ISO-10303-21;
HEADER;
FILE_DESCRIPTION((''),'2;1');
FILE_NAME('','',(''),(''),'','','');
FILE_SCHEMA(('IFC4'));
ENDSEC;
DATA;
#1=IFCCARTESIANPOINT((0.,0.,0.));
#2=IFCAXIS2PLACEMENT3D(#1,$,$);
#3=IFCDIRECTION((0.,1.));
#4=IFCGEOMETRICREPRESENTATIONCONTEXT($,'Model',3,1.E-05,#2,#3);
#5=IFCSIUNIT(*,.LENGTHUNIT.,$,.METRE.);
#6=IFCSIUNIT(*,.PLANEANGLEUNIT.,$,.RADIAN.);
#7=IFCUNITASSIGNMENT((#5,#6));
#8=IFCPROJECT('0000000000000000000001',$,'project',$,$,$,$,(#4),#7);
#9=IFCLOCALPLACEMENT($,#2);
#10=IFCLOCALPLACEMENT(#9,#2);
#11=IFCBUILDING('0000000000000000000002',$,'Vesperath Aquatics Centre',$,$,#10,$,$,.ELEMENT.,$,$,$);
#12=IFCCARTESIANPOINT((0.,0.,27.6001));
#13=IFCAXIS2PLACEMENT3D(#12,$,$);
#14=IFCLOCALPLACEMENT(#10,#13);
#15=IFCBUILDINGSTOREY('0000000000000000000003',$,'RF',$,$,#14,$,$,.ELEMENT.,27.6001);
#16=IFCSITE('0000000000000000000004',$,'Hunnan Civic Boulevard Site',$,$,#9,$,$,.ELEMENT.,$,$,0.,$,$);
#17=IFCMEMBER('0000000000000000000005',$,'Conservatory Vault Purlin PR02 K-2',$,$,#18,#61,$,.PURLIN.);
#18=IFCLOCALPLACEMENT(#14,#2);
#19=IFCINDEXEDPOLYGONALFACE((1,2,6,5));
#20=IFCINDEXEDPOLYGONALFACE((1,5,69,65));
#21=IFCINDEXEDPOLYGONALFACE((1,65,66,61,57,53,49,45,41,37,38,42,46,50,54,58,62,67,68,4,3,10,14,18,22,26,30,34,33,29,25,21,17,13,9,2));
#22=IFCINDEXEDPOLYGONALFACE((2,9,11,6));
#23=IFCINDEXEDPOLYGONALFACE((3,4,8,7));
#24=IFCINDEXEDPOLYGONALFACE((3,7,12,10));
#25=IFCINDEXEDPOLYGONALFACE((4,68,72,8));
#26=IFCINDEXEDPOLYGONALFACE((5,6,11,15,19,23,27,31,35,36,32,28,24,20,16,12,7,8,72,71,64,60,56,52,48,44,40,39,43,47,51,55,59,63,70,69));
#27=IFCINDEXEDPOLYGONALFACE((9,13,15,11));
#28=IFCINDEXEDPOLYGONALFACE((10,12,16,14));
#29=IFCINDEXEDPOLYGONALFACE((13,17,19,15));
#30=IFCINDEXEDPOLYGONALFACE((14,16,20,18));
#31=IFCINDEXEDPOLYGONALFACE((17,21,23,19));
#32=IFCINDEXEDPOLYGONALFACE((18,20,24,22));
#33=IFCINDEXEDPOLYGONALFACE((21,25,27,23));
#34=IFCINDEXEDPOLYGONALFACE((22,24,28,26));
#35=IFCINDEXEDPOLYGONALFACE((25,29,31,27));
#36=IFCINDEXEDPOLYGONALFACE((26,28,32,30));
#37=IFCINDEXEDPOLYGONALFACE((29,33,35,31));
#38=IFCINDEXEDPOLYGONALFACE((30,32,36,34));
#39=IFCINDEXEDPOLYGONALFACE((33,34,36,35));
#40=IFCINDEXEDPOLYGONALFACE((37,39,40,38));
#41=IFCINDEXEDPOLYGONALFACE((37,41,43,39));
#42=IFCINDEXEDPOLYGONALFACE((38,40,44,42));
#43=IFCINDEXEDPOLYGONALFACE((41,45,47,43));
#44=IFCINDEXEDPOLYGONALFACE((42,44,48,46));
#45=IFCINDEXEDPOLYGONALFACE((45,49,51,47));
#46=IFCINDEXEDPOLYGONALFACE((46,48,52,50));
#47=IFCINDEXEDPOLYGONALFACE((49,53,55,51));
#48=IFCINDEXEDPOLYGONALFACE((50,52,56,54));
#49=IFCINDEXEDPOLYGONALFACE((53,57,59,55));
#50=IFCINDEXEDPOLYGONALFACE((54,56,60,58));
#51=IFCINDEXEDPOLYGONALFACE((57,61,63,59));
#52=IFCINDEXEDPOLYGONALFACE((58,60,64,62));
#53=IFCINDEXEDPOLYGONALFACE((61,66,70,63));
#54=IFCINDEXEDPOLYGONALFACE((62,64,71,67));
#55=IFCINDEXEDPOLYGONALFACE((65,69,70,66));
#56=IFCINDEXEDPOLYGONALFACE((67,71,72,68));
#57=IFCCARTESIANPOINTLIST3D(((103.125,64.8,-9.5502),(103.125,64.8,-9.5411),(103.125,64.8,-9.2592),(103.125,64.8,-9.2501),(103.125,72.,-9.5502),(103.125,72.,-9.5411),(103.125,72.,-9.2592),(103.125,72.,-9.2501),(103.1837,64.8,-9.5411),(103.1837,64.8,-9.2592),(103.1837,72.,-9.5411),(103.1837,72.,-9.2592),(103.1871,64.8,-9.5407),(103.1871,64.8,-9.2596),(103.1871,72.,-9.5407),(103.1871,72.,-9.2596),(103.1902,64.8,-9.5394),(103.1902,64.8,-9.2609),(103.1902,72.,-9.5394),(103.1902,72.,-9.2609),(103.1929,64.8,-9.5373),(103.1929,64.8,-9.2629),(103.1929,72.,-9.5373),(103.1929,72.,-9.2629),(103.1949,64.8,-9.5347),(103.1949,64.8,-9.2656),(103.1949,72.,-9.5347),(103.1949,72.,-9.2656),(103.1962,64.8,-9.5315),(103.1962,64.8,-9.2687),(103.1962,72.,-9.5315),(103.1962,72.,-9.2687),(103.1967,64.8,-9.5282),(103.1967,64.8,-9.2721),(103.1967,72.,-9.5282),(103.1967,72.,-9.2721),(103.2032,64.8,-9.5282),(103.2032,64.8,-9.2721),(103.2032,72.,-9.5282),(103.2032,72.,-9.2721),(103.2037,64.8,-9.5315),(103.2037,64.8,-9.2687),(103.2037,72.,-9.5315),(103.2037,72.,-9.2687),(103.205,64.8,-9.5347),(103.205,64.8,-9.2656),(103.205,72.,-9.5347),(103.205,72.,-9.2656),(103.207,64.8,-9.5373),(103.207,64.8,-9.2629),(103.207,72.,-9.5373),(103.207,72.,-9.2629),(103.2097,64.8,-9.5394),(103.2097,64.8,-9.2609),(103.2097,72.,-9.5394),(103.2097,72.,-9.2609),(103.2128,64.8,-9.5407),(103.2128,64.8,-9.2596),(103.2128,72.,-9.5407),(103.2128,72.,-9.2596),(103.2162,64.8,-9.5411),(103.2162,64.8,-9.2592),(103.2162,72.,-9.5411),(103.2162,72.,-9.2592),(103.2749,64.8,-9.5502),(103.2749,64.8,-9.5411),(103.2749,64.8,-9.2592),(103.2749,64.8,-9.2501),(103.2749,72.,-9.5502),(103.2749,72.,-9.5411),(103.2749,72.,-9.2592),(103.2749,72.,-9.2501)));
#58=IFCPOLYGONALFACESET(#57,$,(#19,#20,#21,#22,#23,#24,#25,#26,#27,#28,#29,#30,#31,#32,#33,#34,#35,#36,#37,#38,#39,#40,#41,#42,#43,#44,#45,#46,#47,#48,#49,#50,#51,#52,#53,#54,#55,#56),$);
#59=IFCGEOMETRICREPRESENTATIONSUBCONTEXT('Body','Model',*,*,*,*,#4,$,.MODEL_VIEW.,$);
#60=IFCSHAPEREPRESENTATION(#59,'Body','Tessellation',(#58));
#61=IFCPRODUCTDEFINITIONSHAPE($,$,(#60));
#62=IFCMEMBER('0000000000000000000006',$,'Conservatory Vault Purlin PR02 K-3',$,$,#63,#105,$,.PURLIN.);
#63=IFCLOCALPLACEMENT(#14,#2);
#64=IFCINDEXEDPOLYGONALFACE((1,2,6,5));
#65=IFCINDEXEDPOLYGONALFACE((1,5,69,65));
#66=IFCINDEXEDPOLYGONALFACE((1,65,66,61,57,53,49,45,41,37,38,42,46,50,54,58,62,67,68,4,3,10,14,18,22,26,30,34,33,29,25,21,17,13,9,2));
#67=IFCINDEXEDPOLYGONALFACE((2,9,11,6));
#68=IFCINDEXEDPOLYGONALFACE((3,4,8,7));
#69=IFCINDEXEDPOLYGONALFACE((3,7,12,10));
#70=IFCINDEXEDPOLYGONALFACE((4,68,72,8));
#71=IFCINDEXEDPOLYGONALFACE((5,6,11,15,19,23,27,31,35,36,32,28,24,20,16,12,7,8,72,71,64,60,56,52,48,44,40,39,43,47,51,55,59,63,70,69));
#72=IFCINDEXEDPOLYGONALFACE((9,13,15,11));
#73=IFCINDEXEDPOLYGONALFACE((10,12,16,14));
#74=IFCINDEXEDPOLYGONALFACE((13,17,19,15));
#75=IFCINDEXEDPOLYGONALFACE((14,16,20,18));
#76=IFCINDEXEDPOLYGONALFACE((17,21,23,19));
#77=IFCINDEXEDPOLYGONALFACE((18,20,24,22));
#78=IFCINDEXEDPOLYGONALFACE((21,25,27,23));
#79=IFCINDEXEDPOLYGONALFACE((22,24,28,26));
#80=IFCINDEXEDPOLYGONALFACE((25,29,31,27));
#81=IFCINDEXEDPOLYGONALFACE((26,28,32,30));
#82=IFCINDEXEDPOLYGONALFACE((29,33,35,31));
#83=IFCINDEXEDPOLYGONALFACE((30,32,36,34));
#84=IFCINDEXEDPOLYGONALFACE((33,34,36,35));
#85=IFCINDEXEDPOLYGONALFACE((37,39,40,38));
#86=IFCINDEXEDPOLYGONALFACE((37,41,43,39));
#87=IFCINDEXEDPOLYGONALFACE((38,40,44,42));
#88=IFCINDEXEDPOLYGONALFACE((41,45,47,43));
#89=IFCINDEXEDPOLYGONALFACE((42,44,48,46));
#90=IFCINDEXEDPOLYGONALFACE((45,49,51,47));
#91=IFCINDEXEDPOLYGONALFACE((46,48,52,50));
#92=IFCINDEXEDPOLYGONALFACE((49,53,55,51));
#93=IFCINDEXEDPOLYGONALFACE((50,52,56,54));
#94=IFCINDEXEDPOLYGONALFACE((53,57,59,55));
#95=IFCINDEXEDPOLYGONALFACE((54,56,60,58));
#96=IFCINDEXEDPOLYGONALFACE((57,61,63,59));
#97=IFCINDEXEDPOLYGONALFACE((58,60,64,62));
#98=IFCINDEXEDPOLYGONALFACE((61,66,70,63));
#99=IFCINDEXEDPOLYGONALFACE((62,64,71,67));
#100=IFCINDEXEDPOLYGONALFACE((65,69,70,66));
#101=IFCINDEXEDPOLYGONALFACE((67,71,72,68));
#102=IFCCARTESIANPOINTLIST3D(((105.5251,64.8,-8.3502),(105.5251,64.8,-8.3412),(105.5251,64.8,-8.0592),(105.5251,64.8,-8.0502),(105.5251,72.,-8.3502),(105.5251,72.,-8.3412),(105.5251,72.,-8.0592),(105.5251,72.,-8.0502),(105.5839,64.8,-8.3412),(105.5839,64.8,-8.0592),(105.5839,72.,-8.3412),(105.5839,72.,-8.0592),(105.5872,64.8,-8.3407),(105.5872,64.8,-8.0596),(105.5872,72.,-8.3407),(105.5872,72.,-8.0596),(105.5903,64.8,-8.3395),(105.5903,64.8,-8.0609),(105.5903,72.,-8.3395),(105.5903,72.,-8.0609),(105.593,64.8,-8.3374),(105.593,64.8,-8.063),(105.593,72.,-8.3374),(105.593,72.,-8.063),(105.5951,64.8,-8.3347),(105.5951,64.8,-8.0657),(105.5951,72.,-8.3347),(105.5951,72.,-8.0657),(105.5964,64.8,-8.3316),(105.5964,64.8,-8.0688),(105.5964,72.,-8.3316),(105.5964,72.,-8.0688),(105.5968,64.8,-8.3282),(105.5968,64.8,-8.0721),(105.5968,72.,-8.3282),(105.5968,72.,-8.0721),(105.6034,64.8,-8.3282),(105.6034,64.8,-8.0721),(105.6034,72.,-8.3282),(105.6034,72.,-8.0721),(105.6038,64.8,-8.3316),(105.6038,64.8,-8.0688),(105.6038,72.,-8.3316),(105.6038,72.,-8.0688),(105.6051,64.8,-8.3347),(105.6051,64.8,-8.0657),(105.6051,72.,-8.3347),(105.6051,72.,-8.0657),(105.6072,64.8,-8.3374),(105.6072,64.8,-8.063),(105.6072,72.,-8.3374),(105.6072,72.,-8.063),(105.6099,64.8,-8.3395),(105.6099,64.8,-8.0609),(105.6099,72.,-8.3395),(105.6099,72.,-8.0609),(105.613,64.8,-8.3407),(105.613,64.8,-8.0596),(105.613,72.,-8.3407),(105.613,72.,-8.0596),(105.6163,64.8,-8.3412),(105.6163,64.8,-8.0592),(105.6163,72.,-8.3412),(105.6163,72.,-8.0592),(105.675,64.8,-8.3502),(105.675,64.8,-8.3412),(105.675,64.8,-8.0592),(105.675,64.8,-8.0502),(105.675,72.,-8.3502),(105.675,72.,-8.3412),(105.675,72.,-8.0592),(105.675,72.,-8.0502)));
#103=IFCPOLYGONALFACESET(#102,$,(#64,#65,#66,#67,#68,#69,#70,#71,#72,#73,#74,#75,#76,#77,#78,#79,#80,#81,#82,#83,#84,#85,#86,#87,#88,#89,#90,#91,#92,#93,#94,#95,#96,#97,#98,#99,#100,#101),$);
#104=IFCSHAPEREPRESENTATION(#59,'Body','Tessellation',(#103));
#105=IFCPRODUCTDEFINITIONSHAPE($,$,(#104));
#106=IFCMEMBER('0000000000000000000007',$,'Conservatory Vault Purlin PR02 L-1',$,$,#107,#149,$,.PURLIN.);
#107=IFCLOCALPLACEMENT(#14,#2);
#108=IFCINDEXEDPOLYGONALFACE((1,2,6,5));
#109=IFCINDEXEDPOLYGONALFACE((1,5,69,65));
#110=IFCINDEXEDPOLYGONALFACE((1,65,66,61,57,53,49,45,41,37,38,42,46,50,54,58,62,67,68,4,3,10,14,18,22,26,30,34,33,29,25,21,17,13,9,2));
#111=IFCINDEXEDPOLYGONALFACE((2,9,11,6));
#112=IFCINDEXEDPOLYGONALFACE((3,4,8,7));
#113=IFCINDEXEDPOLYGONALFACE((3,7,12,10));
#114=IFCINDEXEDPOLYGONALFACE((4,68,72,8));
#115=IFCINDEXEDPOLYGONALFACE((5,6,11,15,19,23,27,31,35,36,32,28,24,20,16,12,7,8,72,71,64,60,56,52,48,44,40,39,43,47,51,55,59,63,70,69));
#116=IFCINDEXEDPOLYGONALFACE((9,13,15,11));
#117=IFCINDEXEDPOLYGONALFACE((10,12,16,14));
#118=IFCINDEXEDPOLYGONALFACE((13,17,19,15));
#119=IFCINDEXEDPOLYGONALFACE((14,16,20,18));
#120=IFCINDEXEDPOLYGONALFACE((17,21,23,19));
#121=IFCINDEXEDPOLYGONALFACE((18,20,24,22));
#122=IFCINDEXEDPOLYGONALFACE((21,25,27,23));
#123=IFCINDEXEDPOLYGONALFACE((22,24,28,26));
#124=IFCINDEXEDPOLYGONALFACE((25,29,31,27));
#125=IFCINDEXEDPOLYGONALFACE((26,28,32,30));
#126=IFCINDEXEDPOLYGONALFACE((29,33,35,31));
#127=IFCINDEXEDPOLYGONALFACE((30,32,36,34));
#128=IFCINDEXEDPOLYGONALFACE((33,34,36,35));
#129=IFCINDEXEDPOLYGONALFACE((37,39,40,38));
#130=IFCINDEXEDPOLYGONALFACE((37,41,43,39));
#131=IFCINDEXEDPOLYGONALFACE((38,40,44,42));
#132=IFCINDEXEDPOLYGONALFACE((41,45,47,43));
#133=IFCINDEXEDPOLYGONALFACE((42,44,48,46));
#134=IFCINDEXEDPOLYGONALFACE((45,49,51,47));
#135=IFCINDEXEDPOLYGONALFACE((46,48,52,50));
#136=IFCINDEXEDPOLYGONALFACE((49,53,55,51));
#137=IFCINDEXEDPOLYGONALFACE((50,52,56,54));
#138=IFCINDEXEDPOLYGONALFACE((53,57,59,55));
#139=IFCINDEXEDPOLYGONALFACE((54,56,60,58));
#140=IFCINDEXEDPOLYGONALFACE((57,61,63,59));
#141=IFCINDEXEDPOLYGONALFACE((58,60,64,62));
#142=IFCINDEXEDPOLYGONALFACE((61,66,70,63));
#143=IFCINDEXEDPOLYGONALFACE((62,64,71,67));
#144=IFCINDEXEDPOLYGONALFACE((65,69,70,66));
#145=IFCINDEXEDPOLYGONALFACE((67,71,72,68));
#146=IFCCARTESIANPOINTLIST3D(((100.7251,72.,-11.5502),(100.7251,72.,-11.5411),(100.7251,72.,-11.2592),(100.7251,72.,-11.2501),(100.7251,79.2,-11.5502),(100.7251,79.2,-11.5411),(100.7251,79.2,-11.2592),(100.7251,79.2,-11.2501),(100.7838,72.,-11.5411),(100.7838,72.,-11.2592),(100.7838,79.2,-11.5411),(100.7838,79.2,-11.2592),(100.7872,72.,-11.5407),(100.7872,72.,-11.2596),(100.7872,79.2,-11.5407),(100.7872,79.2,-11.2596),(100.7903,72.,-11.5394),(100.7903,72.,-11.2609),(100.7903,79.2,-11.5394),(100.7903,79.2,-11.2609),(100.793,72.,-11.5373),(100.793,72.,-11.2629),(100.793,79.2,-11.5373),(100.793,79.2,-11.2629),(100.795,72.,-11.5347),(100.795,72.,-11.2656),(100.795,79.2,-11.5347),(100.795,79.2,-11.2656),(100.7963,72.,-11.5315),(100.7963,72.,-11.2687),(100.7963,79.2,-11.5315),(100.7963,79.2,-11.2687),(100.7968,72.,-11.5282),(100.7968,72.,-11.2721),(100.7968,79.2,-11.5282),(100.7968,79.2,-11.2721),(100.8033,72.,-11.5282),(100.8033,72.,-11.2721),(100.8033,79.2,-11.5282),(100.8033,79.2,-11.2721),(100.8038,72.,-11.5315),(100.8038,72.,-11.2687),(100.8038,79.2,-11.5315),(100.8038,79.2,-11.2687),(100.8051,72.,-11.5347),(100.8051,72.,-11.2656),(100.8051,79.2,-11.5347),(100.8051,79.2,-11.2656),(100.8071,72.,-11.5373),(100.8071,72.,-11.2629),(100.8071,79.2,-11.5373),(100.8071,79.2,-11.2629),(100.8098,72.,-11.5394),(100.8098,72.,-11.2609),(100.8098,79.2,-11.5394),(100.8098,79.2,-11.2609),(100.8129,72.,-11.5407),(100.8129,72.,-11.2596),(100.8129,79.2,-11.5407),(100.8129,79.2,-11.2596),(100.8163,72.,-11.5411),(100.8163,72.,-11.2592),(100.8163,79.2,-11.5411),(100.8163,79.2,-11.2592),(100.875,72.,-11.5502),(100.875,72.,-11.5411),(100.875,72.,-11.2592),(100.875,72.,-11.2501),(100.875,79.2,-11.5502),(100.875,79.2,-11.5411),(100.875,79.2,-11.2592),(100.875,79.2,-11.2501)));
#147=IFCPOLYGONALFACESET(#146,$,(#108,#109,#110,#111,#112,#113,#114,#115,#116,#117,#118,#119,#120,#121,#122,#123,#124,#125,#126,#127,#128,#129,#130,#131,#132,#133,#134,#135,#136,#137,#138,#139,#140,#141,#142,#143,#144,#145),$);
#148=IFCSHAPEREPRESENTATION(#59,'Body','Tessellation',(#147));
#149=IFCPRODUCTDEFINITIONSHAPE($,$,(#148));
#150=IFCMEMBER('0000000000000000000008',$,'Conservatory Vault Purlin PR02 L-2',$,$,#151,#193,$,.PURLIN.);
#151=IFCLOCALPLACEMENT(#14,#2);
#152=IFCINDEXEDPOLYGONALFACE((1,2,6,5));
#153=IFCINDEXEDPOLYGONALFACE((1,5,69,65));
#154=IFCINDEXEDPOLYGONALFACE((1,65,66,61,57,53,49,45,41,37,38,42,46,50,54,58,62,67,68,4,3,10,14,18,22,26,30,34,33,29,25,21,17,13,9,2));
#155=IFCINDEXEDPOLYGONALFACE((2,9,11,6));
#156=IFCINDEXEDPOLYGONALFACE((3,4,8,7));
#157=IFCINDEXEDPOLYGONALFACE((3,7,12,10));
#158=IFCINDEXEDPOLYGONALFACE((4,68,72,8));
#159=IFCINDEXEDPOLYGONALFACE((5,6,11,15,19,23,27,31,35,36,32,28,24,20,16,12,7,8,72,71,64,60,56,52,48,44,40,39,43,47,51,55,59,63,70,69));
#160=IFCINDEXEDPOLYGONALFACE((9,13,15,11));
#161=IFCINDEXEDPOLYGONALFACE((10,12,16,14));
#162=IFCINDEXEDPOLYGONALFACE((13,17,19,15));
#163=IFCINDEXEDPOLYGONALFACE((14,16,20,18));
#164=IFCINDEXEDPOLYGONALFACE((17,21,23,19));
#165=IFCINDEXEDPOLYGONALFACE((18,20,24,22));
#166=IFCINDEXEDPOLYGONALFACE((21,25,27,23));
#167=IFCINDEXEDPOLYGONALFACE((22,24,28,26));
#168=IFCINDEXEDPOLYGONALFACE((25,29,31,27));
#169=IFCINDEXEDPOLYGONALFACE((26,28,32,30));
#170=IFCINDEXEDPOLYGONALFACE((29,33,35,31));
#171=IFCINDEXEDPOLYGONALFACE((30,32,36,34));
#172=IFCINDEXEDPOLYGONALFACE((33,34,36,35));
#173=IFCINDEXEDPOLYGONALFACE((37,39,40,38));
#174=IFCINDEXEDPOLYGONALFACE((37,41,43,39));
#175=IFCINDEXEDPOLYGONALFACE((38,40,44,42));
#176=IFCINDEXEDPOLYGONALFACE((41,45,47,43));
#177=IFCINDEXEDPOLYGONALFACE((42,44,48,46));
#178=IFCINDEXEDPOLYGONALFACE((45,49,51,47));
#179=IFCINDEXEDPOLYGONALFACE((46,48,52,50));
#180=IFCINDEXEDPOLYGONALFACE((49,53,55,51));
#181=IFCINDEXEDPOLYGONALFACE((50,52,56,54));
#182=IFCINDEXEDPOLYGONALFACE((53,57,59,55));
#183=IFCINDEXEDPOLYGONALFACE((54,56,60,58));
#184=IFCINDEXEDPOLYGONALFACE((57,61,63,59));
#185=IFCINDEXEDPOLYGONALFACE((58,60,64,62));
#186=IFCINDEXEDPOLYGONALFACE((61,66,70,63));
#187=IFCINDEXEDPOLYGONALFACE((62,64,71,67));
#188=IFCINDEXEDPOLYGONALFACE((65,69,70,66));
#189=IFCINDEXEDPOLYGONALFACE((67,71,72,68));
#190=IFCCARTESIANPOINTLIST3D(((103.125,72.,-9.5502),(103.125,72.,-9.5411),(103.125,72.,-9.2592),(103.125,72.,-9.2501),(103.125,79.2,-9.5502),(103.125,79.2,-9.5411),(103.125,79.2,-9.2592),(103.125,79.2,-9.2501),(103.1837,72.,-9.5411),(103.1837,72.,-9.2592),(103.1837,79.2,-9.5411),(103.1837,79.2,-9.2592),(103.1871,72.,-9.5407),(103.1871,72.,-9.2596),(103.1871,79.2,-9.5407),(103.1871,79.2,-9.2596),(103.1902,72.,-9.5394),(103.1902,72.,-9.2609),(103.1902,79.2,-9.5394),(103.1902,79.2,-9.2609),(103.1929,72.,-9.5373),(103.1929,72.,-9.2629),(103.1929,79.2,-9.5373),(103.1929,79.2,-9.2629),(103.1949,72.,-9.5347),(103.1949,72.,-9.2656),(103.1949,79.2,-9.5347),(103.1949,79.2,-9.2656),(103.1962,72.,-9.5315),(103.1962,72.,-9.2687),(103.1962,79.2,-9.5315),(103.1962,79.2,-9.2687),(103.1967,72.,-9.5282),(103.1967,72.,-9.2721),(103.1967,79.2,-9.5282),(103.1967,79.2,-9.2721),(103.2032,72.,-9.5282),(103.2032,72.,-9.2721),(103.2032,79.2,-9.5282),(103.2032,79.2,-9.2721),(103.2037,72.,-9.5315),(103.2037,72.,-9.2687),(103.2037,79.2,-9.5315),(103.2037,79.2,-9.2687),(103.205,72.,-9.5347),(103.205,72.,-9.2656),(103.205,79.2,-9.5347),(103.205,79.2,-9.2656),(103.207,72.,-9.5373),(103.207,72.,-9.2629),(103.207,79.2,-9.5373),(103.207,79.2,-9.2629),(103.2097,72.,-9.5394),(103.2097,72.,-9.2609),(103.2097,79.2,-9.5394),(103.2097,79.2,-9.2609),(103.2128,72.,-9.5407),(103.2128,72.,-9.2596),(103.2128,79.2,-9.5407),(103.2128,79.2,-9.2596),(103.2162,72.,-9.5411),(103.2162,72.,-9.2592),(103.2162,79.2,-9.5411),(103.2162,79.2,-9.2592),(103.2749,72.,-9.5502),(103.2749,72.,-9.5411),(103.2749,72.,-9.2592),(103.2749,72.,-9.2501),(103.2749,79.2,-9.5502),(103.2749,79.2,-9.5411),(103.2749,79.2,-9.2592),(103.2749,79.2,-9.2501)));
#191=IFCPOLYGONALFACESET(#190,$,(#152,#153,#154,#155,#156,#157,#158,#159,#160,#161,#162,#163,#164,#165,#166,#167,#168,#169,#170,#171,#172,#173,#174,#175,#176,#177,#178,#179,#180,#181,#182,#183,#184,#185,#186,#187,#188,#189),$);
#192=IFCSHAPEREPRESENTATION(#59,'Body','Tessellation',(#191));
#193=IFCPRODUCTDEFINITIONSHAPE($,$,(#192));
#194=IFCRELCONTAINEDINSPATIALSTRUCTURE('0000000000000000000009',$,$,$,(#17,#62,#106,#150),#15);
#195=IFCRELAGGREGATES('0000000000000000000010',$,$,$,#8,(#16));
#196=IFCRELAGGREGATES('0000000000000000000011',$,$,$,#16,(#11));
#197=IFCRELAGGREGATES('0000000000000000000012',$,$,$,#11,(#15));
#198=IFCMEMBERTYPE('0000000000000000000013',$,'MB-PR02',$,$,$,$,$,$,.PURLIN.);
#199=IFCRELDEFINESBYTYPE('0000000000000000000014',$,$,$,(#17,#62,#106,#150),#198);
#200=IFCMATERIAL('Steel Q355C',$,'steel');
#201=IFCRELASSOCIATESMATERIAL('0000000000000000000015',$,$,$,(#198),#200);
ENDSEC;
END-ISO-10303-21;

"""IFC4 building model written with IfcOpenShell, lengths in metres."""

from ifc_helpers import new_model, si_unit, direction, frame, origin, origin_2d, place, context, subcontext, project, spatial, i_section, extrude, material, material_profile, profile_set, type_object, element, save


model = new_model("IFC4")

# Units and contexts
model_context = context("Model", 3, precision=1e-05, world=origin(), true_north=direction((0.0, 1.0)))
body_context = subcontext(model_context, "Body", "Model", "MODEL_VIEW")
ifc_project = project(units=[si_unit("LENGTHUNIT", "METRE"), si_unit("PLANEANGLEUNIT", "RADIAN")], contexts=[model_context])

# Site, building, storey
site_placement = place(None, origin())
site = spatial("IfcSite", under=ifc_project, at=site_placement, Name="Hunnan Civic Boulevard Site", CompositionType="ELEMENT", RefElevation=0.0)
building_placement = place(site_placement, origin())
building = spatial("IfcBuilding", under=site, at=building_placement, Name="Vesperath Aquatics Centre", CompositionType="ELEMENT")
storey_placement = place(building_placement, frame((0.0, 0.0, 27.6001)))
storey = spatial("IfcBuildingStorey", under=building, at=storey_placement, Name="RF", CompositionType="ELEMENT", Elevation=27.6001)

# Members
ifc_material_1 = material(Name="Steel Q355C", Category="steel")
ifc_material_profile_1 = material_profile(ifc_material_1, i_section(OverallWidth=0.1499, OverallDepth=0.3, WebThickness=0.0066, FlangeThickness=0.009, FilletRadius=0.0129, at=origin_2d()), Name="HN 300x150x6.5x9")
ifc_profile_set_1 = profile_set([ifc_material_profile_1], Name="Steel Q355C")
member_type_1 = type_object("IfcMemberType", Name="MB-PR02", PredefinedType="PURLIN", material=ifc_profile_set_1)
for number, where, z_axis, x_axis, name in (
    (1, (103.2, 64.8, -9.4001), (0.0, 1.0, 0.0), (-1.0, 0.0, 0.0), "Conservatory Vault Purlin PR02 K-2"),
    (2, (105.6001, 64.8, -8.2002), (0.0, 1.0, 0.0), (-1.0, 0.0, 0.0), "Conservatory Vault Purlin PR02 K-3"),
    (3, (100.8, 72.0, -11.4001), (0.0, 1.0, 0.0), (-1.0, 0.0, 0.0), "Conservatory Vault Purlin PR02 L-1"),
    (4, (103.2, 72.0, -9.4001), (0.0, 1.0, 0.0), (-1.0, 0.0, 0.0), "Conservatory Vault Purlin PR02 L-2"),
):
    element("IfcMember", number, at=place(storey_placement, frame(where, z_axis=z_axis, x_axis=x_axis)), inside=storey, type_object=member_type_1, Name=name, PredefinedType="PURLIN", context=body_context, shape_type="SweptSolid", body=[
        extrude(i_section(OverallWidth=0.1499, OverallDepth=0.3, WebThickness=0.0066, FlangeThickness=0.009, FilletRadius=0.0129, at=origin_2d()), origin(), (0.0, 0.0, 1.0), 7.2),
    ])

save(model, "model.ifc")
